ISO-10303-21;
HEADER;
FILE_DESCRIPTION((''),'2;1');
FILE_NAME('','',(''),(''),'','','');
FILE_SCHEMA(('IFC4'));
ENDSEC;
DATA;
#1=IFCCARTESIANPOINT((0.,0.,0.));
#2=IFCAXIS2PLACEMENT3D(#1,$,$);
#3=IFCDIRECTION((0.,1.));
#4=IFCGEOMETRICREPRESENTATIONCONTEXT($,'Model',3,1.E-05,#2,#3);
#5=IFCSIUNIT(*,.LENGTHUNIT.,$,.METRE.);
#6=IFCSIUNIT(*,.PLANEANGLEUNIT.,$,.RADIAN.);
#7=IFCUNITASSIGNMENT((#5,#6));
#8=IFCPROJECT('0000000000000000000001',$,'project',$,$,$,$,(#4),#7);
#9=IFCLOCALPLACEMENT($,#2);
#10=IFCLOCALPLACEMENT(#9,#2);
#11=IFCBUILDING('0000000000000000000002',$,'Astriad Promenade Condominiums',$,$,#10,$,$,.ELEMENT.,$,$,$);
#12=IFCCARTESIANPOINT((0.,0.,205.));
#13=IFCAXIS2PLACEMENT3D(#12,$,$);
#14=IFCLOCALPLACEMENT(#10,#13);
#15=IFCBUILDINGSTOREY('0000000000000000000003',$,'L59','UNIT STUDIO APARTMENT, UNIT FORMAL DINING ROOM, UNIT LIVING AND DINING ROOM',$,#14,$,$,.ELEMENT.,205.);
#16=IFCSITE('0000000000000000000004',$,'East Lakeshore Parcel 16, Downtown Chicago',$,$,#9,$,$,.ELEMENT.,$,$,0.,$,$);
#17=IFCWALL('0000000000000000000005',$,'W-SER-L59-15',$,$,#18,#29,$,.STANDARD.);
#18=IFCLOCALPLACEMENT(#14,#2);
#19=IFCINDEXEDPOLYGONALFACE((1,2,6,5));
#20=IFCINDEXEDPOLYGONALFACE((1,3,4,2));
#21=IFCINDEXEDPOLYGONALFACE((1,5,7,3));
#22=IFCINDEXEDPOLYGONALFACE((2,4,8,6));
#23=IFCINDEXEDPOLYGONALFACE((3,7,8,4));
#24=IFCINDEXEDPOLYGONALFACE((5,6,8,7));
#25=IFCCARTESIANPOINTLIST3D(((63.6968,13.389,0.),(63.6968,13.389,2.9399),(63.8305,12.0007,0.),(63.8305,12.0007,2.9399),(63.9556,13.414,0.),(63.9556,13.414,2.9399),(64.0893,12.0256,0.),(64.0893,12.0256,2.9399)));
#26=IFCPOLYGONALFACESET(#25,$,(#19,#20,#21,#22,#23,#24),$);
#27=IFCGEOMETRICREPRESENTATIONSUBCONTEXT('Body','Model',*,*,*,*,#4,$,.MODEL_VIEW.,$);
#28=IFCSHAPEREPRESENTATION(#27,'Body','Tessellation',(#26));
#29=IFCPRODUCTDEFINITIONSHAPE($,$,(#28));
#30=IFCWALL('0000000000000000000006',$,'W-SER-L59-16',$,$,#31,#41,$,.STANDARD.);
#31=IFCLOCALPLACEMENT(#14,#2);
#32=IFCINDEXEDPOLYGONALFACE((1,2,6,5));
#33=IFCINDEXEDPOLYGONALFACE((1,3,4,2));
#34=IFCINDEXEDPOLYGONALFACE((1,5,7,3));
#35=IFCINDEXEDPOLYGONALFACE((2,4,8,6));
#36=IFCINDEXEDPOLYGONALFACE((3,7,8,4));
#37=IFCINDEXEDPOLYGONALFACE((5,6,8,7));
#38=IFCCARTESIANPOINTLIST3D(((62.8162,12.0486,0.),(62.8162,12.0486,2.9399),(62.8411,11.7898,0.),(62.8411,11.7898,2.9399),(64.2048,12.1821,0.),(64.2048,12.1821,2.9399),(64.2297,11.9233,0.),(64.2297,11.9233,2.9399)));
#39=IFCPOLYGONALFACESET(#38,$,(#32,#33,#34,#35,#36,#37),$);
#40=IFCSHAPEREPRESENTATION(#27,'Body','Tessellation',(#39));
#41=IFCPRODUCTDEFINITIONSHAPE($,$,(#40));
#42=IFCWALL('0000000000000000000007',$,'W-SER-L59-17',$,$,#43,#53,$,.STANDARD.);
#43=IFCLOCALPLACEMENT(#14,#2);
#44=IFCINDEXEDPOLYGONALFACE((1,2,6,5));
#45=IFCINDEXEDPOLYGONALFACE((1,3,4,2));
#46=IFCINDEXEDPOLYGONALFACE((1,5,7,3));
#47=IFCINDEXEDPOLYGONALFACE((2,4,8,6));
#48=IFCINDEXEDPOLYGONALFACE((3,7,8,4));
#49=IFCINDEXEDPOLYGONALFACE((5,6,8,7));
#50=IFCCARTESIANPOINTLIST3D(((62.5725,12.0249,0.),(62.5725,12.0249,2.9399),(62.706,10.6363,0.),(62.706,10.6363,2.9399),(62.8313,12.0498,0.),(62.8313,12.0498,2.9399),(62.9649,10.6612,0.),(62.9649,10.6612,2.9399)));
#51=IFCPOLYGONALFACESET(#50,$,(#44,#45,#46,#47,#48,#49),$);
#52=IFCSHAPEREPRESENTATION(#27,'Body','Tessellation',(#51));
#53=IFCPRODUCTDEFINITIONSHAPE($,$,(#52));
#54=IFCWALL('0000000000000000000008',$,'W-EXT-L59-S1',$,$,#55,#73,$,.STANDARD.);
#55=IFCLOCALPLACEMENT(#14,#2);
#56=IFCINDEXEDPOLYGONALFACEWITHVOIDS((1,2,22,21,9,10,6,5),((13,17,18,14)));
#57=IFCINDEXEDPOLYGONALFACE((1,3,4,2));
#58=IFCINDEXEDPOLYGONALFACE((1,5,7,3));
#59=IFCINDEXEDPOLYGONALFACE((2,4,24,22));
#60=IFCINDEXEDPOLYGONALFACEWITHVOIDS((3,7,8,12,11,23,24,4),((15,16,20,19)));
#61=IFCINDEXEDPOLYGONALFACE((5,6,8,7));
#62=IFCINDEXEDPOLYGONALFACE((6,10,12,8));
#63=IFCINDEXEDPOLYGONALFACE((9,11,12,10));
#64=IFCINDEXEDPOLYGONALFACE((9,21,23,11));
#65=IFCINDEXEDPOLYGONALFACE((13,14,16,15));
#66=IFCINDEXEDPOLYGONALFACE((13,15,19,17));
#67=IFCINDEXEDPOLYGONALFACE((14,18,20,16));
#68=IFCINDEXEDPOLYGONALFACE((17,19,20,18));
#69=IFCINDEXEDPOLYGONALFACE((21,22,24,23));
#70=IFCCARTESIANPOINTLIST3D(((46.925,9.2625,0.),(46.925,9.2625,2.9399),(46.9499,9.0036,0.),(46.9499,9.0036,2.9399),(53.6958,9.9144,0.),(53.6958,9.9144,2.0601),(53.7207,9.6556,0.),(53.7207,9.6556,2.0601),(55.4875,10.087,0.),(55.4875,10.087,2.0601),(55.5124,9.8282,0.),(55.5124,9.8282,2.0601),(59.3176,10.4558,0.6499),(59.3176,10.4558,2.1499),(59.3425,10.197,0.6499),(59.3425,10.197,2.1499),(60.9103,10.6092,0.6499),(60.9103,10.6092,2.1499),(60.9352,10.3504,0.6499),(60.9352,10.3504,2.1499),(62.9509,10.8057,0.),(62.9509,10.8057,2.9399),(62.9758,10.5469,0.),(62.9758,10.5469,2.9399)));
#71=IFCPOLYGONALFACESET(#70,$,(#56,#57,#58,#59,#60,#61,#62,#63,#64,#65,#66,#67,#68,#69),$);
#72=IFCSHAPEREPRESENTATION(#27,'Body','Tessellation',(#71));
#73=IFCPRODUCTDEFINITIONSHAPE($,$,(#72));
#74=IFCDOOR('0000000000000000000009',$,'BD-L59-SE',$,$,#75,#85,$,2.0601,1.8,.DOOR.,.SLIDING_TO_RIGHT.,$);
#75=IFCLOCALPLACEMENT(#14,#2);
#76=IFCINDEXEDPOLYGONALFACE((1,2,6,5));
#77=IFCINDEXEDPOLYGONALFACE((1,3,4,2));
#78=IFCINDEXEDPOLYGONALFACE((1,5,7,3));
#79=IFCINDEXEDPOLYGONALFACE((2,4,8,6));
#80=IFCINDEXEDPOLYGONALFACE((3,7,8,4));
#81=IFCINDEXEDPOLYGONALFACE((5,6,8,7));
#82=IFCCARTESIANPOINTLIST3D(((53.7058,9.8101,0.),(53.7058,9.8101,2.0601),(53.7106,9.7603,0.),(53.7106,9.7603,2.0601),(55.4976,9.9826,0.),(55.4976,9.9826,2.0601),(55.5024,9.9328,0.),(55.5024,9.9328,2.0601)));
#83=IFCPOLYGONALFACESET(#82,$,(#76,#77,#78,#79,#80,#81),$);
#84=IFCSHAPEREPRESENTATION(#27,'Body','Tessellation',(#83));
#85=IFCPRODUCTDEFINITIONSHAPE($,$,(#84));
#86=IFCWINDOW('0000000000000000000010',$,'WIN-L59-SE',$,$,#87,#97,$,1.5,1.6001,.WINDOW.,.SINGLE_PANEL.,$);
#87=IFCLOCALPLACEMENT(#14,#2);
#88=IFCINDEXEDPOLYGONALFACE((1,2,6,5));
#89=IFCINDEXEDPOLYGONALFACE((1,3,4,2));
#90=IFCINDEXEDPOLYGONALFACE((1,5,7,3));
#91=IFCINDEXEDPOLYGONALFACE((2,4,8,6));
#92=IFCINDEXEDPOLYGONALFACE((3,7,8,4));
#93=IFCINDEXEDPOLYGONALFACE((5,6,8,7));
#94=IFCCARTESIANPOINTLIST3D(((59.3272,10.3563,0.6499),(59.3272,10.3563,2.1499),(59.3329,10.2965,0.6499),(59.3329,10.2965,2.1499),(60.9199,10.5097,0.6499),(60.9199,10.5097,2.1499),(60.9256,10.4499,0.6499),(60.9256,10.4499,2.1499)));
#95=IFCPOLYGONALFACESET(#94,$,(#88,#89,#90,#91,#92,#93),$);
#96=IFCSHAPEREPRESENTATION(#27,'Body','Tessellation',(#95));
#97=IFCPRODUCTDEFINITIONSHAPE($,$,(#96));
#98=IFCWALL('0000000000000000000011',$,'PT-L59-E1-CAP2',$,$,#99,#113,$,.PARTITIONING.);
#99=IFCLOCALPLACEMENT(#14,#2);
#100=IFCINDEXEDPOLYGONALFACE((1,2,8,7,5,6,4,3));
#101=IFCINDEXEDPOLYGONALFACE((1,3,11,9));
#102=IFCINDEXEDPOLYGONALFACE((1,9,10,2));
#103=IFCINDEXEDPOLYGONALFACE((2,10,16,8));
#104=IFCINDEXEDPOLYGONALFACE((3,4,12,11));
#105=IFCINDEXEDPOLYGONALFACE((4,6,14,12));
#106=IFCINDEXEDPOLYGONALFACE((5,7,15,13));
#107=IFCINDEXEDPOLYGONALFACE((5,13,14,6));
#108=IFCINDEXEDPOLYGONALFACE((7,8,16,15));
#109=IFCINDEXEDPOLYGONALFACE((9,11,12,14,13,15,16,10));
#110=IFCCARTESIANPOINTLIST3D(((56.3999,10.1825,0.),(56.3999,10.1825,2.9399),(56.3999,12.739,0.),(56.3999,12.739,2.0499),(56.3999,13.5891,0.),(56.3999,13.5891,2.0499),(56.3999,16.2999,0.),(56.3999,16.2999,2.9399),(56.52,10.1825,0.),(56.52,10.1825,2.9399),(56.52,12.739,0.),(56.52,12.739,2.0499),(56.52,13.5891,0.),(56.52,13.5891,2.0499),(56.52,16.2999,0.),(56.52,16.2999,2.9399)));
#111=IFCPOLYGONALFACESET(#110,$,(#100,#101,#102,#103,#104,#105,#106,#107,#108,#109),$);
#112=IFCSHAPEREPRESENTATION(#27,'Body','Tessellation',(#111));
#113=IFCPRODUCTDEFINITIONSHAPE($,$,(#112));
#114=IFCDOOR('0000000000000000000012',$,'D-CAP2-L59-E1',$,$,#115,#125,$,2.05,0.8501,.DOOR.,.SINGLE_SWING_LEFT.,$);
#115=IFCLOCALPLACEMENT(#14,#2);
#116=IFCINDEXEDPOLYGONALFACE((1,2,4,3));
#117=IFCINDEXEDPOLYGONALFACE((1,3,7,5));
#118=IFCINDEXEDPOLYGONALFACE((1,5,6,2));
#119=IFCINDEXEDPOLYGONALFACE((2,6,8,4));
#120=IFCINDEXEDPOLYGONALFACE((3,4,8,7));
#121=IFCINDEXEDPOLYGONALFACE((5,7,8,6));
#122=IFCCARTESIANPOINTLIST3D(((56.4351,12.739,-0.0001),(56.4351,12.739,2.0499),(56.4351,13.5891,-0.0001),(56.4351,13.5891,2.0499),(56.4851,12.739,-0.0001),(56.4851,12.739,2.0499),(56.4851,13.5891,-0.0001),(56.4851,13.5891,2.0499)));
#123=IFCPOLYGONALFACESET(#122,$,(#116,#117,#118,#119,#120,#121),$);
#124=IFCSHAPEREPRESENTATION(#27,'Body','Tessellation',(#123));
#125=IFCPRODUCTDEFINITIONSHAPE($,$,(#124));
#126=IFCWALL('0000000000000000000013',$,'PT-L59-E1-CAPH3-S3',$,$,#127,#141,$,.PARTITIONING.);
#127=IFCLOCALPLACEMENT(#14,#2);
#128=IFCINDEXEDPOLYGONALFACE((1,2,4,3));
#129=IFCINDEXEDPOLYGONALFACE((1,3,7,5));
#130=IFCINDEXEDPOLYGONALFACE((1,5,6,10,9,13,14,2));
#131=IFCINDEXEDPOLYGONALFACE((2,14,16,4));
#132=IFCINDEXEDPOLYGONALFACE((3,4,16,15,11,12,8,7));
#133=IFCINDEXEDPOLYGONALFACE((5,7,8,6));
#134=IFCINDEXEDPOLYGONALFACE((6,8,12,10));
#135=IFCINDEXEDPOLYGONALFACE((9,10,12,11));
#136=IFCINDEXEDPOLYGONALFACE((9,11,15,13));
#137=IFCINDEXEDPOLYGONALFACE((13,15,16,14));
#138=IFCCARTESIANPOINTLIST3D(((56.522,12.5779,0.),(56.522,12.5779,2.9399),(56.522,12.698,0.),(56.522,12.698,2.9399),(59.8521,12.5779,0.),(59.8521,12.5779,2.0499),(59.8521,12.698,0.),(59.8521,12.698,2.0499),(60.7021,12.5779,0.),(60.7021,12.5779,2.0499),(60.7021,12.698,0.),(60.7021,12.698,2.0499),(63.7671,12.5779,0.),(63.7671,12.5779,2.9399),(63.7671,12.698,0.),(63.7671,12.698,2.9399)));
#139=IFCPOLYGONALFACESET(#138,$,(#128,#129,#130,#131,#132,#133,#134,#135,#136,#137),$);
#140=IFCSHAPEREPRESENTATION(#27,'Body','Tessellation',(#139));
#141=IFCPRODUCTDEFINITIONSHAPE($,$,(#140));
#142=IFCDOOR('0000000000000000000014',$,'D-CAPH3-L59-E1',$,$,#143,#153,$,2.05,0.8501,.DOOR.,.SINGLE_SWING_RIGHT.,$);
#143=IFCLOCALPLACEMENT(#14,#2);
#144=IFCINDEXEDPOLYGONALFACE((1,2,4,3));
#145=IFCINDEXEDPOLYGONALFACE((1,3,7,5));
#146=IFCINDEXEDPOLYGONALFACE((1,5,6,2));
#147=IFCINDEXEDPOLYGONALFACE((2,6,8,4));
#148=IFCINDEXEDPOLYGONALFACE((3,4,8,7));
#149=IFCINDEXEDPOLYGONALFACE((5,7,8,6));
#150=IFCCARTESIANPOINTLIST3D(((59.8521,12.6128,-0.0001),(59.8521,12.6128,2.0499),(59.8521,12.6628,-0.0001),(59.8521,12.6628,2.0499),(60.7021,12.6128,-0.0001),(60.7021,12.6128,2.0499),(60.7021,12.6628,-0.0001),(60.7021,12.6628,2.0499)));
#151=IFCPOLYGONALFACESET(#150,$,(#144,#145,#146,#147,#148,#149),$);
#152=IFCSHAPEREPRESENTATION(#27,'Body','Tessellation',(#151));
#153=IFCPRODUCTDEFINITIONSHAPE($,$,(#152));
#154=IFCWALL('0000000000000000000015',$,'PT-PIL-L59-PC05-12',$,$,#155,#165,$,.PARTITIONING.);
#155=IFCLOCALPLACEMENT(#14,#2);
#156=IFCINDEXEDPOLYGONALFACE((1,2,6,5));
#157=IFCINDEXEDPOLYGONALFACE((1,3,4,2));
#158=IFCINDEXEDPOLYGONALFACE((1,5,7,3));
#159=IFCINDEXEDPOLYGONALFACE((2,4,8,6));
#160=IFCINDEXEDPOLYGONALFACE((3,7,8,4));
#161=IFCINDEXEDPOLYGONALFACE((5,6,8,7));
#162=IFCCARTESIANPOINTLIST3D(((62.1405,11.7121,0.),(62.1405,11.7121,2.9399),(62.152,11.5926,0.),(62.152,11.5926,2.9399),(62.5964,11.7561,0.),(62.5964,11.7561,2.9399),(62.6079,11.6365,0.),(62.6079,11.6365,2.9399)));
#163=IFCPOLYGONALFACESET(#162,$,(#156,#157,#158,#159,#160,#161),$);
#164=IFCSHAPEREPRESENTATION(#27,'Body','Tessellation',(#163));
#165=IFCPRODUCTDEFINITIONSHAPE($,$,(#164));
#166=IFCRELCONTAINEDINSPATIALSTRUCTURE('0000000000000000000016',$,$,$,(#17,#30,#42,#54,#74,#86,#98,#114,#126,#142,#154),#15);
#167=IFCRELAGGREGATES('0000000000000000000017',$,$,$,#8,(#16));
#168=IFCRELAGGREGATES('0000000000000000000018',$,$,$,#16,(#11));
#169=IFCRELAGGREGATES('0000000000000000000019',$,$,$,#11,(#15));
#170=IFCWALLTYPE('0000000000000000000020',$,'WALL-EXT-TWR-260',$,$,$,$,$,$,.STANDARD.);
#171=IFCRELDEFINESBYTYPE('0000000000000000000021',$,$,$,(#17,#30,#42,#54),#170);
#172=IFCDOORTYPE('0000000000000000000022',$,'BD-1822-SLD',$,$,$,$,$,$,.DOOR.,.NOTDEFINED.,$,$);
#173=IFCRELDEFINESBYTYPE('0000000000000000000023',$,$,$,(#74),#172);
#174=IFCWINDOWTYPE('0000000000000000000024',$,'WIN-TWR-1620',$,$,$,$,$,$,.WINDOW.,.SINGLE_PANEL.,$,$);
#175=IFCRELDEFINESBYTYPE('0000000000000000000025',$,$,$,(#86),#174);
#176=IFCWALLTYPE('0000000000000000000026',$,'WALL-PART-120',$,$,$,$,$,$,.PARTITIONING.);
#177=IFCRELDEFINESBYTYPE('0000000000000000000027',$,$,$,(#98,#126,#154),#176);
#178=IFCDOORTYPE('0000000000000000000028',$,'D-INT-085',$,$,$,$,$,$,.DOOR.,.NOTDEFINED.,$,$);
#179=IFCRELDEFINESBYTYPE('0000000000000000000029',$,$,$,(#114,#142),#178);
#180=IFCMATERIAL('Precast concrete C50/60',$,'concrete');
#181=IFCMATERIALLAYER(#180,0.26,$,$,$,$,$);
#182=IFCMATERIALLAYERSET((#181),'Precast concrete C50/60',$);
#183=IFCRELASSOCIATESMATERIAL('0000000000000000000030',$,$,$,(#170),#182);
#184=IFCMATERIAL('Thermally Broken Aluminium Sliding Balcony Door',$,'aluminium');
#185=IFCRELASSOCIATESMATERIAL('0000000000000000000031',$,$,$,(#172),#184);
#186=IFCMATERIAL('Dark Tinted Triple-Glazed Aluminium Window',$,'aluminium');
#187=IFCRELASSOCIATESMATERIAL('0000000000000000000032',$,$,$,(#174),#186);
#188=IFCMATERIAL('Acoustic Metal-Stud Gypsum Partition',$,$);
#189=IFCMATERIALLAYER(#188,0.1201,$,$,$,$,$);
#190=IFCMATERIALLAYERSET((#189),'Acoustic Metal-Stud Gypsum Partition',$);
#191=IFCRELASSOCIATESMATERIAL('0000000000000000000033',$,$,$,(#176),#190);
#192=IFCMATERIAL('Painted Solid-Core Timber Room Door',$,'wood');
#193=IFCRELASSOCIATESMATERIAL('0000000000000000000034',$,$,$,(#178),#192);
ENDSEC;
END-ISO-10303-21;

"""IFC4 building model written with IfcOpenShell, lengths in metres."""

from ifc_helpers import new_model, si_unit, direction, frame, frame_2d, origin, place, context, subcontext, project, spatial, rectangle, extrude, source, transform, mapped, material, layer, layer_set, type_object, type_shapes, element, fill, save


model = new_model("IFC4")

# Units and contexts
model_context = context("Model", 3, precision=1e-05, world=origin(), true_north=direction((0.0, 1.0)))
body_context = subcontext(model_context, "Body", "Model", "MODEL_VIEW")
ifc_project = project(units=[si_unit("LENGTHUNIT", "METRE"), si_unit("PLANEANGLEUNIT", "RADIAN")], contexts=[model_context])

# Site, building, storey
site_placement = place(None, origin())
site = spatial("IfcSite", under=ifc_project, at=site_placement, Name="East Lakeshore Parcel 16, Downtown Chicago", CompositionType="ELEMENT", RefElevation=0.0)
building_placement = place(site_placement, origin())
building = spatial("IfcBuilding", under=site, at=building_placement, Name="Astriad Promenade Condominiums", CompositionType="ELEMENT")
storey_placement = place(building_placement, frame((0.0, 0.0, 205.0)))
storey = spatial("IfcBuildingStorey", under=building, at=storey_placement, Name="L59", Description="UNIT STUDIO APARTMENT, UNIT FORMAL DINING ROOM, UNIT LIVING AND DINING ROOM", CompositionType="ELEMENT", Elevation=205.0)

# Walls
ifc_material_1 = material(Name="Precast concrete C50/60", Category="concrete")
ifc_layer_1 = layer(ifc_material_1, 0.26)
ifc_layer_set_1 = layer_set([ifc_layer_1], Name="Precast concrete C50/60")
wall_type_1 = type_object("IfcWallType", Name="WALL-EXT-TWR-260", PredefinedType="STANDARD", material=ifc_layer_set_1)
wall_1_placement = place(storey_placement, frame((63.8262, 13.4014, 0.0), z_axis=(0.0, 0.0, 1.0), x_axis=(0.095916, -0.995389, 0.0)))
element("IfcWall", 1, at=wall_1_placement, inside=storey, type_object=wall_type_1, Name="W-SER-L59-15", PredefinedType="STANDARD", context=body_context, shape_type="SweptSolid", body=[
    extrude(rectangle(XDim=1.3948, YDim=0.26, at=frame_2d((0.6973, 0.0))), origin(), (0.0, 0.0, 1.0), 2.9399),
])
for number, where, z_axis, x_axis, name in (
    (2, (64.2173, 12.0527, 0.0), (0.0, 0.0, 1.0), (-0.995408, -0.095726, 0.0), "W-SER-L59-16"),
    (3, (62.7019, 12.0374, 0.0), (0.0, 0.0, 1.0), (0.095726, -0.995408, 0.0), "W-SER-L59-17"),
):
    element("IfcWall", number, at=place(storey_placement, frame(where, z_axis=z_axis, x_axis=x_axis)), inside=storey, type_object=wall_type_1, Name=name, PredefinedType="STANDARD", context=body_context, shape_type="SweptSolid", body=[
        extrude(rectangle(XDim=1.395, YDim=0.26, at=frame_2d((0.6975, 0.0))), origin(), (0.0, 0.0, 1.0), 2.9399),
    ])

# Wall, openings, door, window
wall_2_placement = place(storey_placement, frame((62.9634, 10.6763, 0.0), z_axis=(0.0, 0.0, 1.0), x_axis=(-0.995396, -0.095852, 0.0)))
wall_2 = element("IfcWall", 4, at=wall_2_placement, inside=storey, type_object=wall_type_1, Name="W-EXT-L59-S1", PredefinedType="STANDARD", context=body_context, shape_type="SweptSolid", body=[
    extrude(rectangle(XDim=16.1001, YDim=0.26, at=frame_2d((8.05, 0.0))), origin(), (0.0, 0.0, 1.0), 2.9399),
])
opening_1_placement = place(wall_2_placement, frame((7.498, 0.0, 0.0)))
opening_1 = element("IfcOpeningElement", 5, at=opening_1_placement, cuts=wall_2, PredefinedType="OPENING", context=body_context, shape_type="SweptSolid", body=[
    extrude(rectangle(XDim=1.8, YDim=2.0601, at=frame_2d((0.8999, 1.03))), frame((0.0, 0.1399, 0.0), z_axis=(0.0, -1.0, 0.0), x_axis=(1.0, 0.0, 0.0)), (0.0, 0.0, 1.0), 0.28),
])
opening_2_placement = place(wall_2_placement, frame((2.05, 0.0, 0.6499)))
opening_2 = element("IfcOpeningElement", 6, at=opening_2_placement, cuts=wall_2, PredefinedType="OPENING", context=body_context, shape_type="SweptSolid", body=[
    extrude(rectangle(XDim=1.6001, YDim=1.5, at=frame_2d((0.8, 0.75))), frame((0.0, 0.1399, 0.0), z_axis=(0.0, -1.0, 0.0), x_axis=(1.0, 0.0, 0.0)), (0.0, 0.0, 1.0), 0.28),
])
ifc_material_2 = material(Name="Thermally Broken Aluminium Sliding Balcony Door", Category="aluminium")
door_type_1 = type_object("IfcDoorType", Name="BD-1822-SLD", OperationType="NOTDEFINED", PredefinedType="DOOR", material=ifc_material_2)
shared_shape_1 = source(origin(), body_context, "Body", "SweptSolid", [
    extrude(rectangle(XDim=1.8, YDim=2.0601, at=frame_2d((0.8999, 1.03))), frame((0.0, 0.0249, 0.0), z_axis=(0.0, -1.0, 0.0), x_axis=(1.0, 0.0, 0.0)), (0.0, 0.0, 1.0), 0.05),
])
type_shapes(door_type_1, [shared_shape_1])
door_1_placement = place(opening_1_placement, origin())
door_1 = element("IfcDoor", 7, at=door_1_placement, inside=storey, type_object=door_type_1, Name="BD-L59-SE", OperationType="SLIDING_TO_RIGHT", OverallHeight=2.0601, OverallWidth=1.8, PredefinedType="DOOR", context=body_context, shape_type="MappedRepresentation", body=[
    mapped(shared_shape_1, transform((0.0, 0.0, 0.0), scale=1.0)),
])
fill(opening_1, door_1)
ifc_material_3 = material(Name="Dark Tinted Triple-Glazed Aluminium Window", Category="aluminium")
window_type = type_object("IfcWindowType", Name="WIN-TWR-1620", PartitioningType="SINGLE_PANEL", PredefinedType="WINDOW", material=ifc_material_3)
shared_shape_2 = source(origin(), body_context, "Body", "SweptSolid", [
    extrude(rectangle(XDim=1.6001, YDim=1.5, at=frame_2d((0.8, 0.75))), frame((0.0, 0.03, 0.0), z_axis=(0.0, -1.0, 0.0), x_axis=(1.0, 0.0, 0.0)), (0.0, 0.0, 1.0), 0.0601),
])
type_shapes(window_type, [shared_shape_2])
window_placement = place(opening_2_placement, origin())
window = element("IfcWindow", 8, at=window_placement, inside=storey, type_object=window_type, Name="WIN-L59-SE", OverallHeight=1.5, OverallWidth=1.6001, PartitioningType="SINGLE_PANEL", PredefinedType="WINDOW", context=body_context, shape_type="MappedRepresentation", body=[
    mapped(shared_shape_2, transform((0.0, 0.0, 0.0), scale=1.0)),
])
fill(opening_2, window)

# Walls, openings, doors
ifc_material_4 = material(Name="Acoustic Metal-Stud Gypsum Partition")
ifc_layer_2 = layer(ifc_material_4, 0.1201)
ifc_layer_set_2 = layer_set([ifc_layer_2], Name="Acoustic Metal-Stud Gypsum Partition")
wall_type_2 = type_object("IfcWallType", Name="WALL-PART-120", PredefinedType="PARTITIONING", material=ifc_layer_set_2)
wall_3_placement = place(storey_placement, frame((56.46, 10.1826, 0.0), z_axis=(0.0, 0.0, 1.0), x_axis=(0.0, 1.0, 0.0)))
wall_3 = element("IfcWall", 9, at=wall_3_placement, inside=storey, type_object=wall_type_2, Name="PT-L59-E1-CAP2", PredefinedType="PARTITIONING", context=body_context, shape_type="SweptSolid", body=[
    extrude(rectangle(XDim=6.1174, YDim=0.1201, at=frame_2d((3.0586, 0.0))), origin(), (0.0, 0.0, 1.0), 2.9399),
])
opening_3_placement = place(wall_3_placement, frame((2.5564, 0.0, 0.0)))
opening_3 = element("IfcOpeningElement", 10, at=opening_3_placement, cuts=wall_3, PredefinedType="OPENING", context=body_context, shape_type="SweptSolid", body=[
    extrude(rectangle(XDim=0.8501, YDim=2.05, at=frame_2d((0.425, 1.0249))), frame((0.0, 0.0701, 0.0), z_axis=(0.0, -1.0, 0.0), x_axis=(1.0, 0.0, 0.0)), (0.0, 0.0, 1.0), 0.1401),
])
ifc_material_5 = material(Name="Painted Solid-Core Timber Room Door", Category="wood")
door_type_2 = type_object("IfcDoorType", Name="D-INT-085", OperationType="NOTDEFINED", PredefinedType="DOOR", material=ifc_material_5)
shared_shape_3 = source(origin(), body_context, "Body", "SweptSolid", [
    extrude(rectangle(XDim=0.8501, YDim=2.05, at=frame_2d((0.425, 1.0249))), frame((0.0, 0.0249, 0.0), z_axis=(0.0, -1.0, 0.0), x_axis=(1.0, 0.0, 0.0)), (0.0, 0.0, 1.0), 0.05),
])
type_shapes(door_type_2, [shared_shape_3])
door_2_placement = place(opening_3_placement, origin())
door_2 = element("IfcDoor", 11, at=door_2_placement, inside=storey, type_object=door_type_2, Name="D-CAP2-L59-E1", OperationType="SINGLE_SWING_LEFT", OverallHeight=2.05, OverallWidth=0.8501, PredefinedType="DOOR", context=body_context, shape_type="MappedRepresentation", body=[
    mapped(shared_shape_3, transform((0.0, 0.0, 0.0), scale=1.0)),
])
fill(opening_3, door_2)
wall_4_placement = place(storey_placement, frame((56.522, 12.6379, 0.0), z_axis=(0.0, 0.0, 1.0), x_axis=(1.0, 0.0, 0.0)))
wall_4 = element("IfcWall", 12, at=wall_4_placement, inside=storey, type_object=wall_type_2, Name="PT-L59-E1-CAPH3-S3", PredefinedType="PARTITIONING", context=body_context, shape_type="SweptSolid", body=[
    extrude(rectangle(XDim=7.2451, YDim=0.1201, at=frame_2d((3.6226, 0.0))), origin(), (0.0, 0.0, 1.0), 2.9399),
])
opening_4_placement = place(wall_4_placement, frame((3.3301, 0.0, 0.0)))
opening_4 = element("IfcOpeningElement", 13, at=opening_4_placement, cuts=wall_4, PredefinedType="OPENING", context=body_context, shape_type="SweptSolid", body=[
    extrude(rectangle(XDim=0.8501, YDim=2.05, at=frame_2d((0.425, 1.0249))), frame((0.0, 0.0701, 0.0), z_axis=(0.0, -1.0, 0.0), x_axis=(1.0, 0.0, 0.0)), (0.0, 0.0, 1.0), 0.1401),
])
door_3_placement = place(opening_4_placement, origin())
door_3 = element("IfcDoor", 14, at=door_3_placement, inside=storey, type_object=door_type_2, Name="D-CAPH3-L59-E1", OperationType="SINGLE_SWING_RIGHT", OverallHeight=2.05, OverallWidth=0.8501, PredefinedType="DOOR", context=body_context, shape_type="MappedRepresentation", body=[
    mapped(shared_shape_3, transform((0.0, 0.0, 0.0), scale=1.0)),
])
fill(opening_4, door_3)

# Wall
wall_5_placement = place(storey_placement, frame((62.1462, 11.6523, 0.0), z_axis=(0.0, 0.0, 1.0), x_axis=(0.995385, 0.095966, 0.0)))
element("IfcWall", 15, at=wall_5_placement, inside=storey, type_object=wall_type_2, Name="PT-PIL-L59-PC05-12", PredefinedType="PARTITIONING", context=body_context, shape_type="SweptSolid", body=[
    extrude(rectangle(XDim=0.458, YDim=0.1201, at=frame_2d((0.229, 0.0))), origin(), (0.0, 0.0, 1.0), 2.9399),
])

save(model, "model.ifc")
